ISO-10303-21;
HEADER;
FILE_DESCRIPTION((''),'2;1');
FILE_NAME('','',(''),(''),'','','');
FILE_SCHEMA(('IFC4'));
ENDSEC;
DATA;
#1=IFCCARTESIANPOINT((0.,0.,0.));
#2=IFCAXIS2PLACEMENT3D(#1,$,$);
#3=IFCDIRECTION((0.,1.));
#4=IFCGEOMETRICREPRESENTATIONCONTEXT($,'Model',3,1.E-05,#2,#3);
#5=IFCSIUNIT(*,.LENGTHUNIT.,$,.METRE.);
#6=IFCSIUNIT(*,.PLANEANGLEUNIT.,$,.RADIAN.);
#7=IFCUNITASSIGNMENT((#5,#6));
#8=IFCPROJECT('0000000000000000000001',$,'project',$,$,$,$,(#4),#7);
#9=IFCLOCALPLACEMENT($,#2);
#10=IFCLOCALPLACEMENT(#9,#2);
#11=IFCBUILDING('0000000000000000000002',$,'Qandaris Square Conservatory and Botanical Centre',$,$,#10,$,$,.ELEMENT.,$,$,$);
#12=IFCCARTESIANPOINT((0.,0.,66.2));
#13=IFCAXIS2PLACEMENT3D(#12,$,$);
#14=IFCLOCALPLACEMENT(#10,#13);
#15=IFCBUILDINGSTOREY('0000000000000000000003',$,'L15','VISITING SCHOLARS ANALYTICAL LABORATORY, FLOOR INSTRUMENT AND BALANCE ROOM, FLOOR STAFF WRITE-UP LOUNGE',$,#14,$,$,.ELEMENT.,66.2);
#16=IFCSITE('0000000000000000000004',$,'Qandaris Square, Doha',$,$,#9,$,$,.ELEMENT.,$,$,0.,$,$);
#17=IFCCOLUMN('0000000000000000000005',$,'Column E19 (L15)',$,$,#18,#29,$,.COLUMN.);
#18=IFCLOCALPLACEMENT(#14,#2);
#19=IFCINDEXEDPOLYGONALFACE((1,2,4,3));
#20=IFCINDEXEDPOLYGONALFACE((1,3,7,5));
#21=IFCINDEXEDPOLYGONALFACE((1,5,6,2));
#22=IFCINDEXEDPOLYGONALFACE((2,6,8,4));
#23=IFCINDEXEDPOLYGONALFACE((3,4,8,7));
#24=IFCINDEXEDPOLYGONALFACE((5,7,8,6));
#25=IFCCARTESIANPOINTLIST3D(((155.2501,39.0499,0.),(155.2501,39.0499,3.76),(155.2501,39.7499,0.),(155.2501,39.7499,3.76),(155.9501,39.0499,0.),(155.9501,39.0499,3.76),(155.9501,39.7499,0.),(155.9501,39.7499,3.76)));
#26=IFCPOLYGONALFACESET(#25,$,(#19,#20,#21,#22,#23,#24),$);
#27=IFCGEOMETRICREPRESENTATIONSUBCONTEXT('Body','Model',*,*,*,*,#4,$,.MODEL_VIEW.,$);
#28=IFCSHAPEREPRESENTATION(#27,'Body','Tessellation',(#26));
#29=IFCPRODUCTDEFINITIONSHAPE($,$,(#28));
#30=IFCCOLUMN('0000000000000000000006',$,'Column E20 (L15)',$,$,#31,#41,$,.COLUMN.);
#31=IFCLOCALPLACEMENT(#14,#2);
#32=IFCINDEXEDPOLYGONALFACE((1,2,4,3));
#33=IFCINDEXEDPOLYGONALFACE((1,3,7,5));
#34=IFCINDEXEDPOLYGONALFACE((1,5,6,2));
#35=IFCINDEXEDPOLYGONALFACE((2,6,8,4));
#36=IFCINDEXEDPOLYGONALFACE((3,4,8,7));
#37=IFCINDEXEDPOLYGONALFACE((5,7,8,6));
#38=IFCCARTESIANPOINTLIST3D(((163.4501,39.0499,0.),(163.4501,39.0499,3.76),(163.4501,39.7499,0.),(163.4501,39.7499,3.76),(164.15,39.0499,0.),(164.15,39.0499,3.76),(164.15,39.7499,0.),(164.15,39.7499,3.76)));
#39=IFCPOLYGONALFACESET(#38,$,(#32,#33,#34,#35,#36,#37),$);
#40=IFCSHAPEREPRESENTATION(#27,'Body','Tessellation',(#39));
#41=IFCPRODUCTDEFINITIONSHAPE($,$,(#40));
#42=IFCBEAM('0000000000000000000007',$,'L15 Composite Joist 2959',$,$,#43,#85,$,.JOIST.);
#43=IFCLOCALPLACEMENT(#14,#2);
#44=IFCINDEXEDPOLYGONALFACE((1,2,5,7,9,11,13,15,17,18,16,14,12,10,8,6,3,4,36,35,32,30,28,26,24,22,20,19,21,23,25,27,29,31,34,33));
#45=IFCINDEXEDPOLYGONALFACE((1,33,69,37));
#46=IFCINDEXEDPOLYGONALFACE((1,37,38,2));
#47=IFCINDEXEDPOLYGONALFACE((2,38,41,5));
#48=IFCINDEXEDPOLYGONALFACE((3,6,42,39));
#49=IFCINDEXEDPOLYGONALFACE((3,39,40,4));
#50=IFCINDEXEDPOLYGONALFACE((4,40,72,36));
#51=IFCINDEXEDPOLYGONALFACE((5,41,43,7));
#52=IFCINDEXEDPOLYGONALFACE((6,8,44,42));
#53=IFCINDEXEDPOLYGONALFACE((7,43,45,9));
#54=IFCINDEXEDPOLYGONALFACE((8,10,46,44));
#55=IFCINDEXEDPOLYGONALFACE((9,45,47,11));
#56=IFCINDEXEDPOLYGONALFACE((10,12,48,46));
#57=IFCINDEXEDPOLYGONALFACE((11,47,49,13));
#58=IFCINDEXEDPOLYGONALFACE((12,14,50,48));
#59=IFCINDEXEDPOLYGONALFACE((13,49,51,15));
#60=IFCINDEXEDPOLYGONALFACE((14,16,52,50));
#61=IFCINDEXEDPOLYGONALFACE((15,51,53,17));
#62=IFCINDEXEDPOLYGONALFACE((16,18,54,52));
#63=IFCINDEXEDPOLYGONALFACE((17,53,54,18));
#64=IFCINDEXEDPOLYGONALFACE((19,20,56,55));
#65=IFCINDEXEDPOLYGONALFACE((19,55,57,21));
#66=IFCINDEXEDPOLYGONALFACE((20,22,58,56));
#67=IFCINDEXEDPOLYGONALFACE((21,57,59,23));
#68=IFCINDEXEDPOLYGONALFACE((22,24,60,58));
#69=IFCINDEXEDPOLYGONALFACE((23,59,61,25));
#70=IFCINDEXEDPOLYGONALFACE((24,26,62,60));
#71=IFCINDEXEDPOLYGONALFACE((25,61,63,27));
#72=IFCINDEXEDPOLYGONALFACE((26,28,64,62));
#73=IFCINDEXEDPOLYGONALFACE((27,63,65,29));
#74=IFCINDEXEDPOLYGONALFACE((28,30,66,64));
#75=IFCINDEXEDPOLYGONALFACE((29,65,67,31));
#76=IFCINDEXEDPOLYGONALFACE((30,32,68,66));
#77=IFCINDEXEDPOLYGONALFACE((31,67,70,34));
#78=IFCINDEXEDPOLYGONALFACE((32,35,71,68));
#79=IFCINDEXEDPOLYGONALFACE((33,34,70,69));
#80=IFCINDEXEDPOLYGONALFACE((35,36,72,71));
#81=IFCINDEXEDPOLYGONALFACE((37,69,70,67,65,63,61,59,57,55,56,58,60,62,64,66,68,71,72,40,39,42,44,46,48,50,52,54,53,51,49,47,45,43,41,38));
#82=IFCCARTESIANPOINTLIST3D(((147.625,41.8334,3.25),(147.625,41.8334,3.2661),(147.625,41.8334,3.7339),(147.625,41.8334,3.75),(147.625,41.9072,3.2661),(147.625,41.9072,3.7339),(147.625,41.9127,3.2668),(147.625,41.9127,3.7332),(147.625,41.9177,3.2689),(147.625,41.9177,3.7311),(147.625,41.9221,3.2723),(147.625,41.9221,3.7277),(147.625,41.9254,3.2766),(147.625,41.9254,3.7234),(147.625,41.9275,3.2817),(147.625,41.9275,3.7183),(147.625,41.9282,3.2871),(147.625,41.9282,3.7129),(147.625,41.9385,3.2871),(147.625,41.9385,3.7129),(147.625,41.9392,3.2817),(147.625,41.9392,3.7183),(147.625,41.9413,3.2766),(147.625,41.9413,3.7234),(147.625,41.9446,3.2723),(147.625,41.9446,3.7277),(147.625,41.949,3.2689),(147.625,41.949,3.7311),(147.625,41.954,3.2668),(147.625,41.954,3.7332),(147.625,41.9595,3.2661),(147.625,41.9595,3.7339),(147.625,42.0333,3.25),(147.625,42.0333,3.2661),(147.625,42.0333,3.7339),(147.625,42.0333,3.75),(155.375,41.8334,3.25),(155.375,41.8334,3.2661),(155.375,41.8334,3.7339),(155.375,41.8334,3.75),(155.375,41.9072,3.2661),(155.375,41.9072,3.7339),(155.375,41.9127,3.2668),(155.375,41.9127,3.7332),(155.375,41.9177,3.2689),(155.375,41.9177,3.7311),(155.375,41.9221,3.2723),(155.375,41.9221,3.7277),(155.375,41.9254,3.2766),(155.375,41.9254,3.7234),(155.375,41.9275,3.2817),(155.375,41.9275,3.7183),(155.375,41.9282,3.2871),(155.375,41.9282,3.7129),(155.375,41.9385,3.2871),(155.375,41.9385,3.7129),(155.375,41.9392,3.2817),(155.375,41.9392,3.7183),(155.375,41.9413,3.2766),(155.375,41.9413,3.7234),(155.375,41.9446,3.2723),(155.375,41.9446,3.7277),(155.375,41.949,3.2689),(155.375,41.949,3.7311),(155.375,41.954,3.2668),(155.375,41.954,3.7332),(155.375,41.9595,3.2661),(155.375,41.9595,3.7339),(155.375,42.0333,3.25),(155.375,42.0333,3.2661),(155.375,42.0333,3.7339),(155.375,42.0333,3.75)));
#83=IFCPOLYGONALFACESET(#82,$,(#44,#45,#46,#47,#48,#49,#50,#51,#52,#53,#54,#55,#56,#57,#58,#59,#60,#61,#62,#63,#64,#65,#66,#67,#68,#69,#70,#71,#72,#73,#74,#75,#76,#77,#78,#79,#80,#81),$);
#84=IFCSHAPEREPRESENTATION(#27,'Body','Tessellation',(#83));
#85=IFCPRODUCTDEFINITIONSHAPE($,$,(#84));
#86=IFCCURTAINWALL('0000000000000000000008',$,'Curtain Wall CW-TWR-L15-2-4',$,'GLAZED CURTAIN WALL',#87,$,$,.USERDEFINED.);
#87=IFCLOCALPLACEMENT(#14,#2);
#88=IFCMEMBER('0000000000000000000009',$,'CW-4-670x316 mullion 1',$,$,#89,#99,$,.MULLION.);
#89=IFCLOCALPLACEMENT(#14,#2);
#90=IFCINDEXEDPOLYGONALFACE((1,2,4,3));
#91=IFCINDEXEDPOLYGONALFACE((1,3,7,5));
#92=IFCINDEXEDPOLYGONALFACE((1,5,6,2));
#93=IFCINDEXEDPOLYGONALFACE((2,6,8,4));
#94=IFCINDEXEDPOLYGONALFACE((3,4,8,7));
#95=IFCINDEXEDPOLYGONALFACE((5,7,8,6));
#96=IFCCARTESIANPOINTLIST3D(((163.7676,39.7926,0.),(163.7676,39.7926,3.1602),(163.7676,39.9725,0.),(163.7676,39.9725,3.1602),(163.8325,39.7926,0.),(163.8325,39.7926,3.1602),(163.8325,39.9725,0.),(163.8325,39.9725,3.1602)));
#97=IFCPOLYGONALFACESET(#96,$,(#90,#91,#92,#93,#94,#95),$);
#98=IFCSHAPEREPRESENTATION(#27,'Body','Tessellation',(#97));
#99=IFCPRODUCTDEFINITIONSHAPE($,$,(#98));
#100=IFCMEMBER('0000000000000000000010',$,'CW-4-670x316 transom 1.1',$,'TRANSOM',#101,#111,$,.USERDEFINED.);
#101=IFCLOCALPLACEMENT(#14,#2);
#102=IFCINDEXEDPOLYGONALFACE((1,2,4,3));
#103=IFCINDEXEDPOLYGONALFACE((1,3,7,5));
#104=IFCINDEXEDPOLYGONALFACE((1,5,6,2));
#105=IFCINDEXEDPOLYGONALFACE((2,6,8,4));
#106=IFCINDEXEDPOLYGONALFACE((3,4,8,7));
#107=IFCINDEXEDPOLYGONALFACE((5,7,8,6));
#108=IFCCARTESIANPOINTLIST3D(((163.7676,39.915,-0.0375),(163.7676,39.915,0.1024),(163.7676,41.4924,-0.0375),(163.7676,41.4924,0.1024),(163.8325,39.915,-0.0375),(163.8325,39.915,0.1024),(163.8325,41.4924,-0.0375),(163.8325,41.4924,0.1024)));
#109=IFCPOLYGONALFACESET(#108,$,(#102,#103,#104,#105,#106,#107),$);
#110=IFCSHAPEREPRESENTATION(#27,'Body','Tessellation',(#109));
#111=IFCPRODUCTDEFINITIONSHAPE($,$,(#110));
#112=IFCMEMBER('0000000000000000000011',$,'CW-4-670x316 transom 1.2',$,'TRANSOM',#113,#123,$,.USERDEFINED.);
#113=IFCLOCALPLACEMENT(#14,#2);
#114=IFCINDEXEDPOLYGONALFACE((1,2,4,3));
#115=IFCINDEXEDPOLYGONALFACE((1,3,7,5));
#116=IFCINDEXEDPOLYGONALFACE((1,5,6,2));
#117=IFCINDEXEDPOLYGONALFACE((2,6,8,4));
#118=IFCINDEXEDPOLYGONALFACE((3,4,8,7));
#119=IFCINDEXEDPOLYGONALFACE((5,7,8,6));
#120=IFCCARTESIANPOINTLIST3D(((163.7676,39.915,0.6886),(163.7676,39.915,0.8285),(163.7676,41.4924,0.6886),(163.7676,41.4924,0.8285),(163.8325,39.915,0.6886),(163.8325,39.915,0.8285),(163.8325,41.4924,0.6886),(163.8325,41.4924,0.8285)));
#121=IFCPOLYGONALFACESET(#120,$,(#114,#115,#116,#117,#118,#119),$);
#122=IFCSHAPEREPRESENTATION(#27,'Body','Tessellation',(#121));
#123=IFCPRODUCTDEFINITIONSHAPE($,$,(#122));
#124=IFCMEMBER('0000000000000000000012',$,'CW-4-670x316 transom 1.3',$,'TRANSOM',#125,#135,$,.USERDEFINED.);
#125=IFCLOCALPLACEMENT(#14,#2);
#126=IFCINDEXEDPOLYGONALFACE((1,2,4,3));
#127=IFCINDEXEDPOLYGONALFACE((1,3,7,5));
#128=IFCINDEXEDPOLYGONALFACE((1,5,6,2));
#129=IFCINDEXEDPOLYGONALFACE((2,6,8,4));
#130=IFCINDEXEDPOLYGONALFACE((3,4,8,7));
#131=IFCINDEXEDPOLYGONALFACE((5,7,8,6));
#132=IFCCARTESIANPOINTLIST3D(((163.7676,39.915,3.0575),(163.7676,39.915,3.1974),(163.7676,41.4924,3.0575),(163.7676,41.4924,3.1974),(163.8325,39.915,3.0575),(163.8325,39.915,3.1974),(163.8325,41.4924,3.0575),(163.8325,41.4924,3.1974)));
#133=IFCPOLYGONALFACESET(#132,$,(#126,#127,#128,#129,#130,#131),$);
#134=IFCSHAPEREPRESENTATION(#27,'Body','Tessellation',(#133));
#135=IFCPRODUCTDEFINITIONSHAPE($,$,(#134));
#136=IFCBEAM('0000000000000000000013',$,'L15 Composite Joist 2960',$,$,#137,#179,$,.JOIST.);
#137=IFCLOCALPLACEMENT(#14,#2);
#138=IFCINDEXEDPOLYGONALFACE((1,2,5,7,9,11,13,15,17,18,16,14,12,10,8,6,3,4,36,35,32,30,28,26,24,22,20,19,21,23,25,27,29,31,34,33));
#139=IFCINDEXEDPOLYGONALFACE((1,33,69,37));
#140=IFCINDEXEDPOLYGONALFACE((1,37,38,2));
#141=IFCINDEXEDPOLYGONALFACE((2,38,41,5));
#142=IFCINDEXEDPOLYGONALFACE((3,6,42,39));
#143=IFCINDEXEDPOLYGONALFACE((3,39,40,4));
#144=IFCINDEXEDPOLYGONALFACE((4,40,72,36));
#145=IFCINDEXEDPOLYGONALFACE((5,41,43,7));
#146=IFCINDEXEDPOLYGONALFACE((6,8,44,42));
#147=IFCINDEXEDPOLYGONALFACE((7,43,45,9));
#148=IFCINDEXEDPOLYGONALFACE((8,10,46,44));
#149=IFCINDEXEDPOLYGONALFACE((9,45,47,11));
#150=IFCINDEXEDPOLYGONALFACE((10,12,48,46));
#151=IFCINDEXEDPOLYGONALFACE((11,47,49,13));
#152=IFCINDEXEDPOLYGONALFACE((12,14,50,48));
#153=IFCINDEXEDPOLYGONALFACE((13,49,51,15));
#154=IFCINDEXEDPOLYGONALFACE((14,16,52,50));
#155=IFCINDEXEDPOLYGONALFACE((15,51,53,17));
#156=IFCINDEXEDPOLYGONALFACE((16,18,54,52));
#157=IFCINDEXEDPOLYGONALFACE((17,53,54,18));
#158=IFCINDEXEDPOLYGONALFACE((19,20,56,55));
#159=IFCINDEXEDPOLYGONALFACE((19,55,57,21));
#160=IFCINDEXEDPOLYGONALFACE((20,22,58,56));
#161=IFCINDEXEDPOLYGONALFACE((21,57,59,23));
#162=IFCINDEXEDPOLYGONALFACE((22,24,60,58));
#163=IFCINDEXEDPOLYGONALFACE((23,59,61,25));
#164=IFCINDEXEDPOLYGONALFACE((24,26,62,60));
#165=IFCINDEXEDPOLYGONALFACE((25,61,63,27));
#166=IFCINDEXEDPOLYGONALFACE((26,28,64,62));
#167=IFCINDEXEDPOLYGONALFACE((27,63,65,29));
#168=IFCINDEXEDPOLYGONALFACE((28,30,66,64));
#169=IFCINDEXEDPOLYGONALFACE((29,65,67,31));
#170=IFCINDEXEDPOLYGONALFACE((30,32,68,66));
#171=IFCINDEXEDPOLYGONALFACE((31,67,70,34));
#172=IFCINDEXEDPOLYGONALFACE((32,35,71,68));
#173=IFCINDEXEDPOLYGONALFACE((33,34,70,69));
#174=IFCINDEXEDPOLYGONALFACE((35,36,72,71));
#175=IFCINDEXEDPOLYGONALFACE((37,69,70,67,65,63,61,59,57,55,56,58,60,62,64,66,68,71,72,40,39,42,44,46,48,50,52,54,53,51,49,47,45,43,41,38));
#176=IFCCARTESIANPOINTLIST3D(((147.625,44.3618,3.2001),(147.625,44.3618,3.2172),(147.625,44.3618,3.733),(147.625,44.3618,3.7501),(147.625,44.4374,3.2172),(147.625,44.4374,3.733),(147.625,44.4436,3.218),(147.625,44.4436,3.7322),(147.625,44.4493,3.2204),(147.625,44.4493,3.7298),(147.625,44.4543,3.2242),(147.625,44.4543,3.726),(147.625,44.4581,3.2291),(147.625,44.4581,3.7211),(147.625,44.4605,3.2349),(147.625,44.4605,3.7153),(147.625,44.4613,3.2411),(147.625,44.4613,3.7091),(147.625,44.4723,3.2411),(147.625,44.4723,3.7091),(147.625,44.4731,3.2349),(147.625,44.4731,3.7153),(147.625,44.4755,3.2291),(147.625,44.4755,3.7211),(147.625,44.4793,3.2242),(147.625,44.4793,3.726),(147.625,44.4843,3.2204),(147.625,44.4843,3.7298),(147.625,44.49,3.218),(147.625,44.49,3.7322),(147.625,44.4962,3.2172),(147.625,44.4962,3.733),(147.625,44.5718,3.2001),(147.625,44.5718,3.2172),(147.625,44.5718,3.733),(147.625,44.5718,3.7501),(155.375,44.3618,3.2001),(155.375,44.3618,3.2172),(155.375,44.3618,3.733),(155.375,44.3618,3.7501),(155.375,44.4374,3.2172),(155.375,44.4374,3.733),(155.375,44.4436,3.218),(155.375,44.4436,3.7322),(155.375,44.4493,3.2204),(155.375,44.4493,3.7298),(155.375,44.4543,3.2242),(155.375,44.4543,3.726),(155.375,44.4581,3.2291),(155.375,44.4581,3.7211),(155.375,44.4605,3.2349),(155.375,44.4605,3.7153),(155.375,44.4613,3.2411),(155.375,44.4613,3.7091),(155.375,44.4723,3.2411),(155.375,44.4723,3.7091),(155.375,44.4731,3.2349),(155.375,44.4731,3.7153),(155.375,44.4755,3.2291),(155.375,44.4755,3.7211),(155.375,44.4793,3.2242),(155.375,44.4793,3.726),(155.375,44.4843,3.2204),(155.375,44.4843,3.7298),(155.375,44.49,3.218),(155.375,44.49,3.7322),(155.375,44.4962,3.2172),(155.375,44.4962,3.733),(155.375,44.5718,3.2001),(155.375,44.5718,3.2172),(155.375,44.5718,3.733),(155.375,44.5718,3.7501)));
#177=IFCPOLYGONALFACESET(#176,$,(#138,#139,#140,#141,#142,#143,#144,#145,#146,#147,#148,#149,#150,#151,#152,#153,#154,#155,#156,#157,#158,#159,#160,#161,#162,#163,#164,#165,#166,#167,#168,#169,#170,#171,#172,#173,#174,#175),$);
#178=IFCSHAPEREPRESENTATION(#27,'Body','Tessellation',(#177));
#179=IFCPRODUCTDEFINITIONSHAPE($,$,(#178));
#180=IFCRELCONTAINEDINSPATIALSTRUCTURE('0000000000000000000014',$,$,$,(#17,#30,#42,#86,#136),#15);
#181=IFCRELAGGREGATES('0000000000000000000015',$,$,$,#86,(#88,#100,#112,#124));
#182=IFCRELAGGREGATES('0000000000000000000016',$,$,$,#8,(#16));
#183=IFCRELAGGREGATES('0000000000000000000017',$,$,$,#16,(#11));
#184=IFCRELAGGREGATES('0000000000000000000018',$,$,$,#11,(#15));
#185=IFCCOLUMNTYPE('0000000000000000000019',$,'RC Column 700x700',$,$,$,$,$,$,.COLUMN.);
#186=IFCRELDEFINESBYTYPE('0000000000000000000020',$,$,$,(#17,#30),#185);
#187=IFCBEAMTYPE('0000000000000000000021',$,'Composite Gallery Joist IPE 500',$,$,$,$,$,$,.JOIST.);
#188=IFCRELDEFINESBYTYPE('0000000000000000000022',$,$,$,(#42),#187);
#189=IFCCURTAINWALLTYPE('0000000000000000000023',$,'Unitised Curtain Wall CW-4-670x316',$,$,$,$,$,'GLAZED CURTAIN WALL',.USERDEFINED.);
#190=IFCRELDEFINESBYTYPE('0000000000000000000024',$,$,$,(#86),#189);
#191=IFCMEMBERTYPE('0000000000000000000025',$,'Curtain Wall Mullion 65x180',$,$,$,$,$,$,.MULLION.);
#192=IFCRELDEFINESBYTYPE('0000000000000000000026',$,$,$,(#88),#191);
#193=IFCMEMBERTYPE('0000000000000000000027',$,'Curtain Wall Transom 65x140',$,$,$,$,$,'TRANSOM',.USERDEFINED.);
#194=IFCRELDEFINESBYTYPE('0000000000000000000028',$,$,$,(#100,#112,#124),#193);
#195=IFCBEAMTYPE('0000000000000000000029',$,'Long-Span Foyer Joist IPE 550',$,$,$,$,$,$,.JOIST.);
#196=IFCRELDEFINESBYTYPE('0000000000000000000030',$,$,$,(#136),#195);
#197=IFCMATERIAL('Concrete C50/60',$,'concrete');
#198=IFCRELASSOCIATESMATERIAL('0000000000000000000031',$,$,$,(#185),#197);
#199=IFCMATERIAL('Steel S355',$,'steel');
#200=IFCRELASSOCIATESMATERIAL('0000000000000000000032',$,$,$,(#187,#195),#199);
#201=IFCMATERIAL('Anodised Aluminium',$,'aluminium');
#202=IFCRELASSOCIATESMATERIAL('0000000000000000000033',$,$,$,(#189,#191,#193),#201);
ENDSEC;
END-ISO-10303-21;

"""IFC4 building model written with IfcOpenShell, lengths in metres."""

from ifc_helpers import new_model, si_unit, direction, frame, origin, origin_2d, place, context, subcontext, project, spatial, rectangle, i_section, extrude, material, material_profile, profile_set, type_object, element, aggregate, save


model = new_model("IFC4")

# Units and contexts
model_context = context("Model", 3, precision=1e-05, world=origin(), true_north=direction((0.0, 1.0)))
body_context = subcontext(model_context, "Body", "Model", "MODEL_VIEW")
ifc_project = project(units=[si_unit("LENGTHUNIT", "METRE"), si_unit("PLANEANGLEUNIT", "RADIAN")], contexts=[model_context])

# Site, building, storey
site_placement = place(None, origin())
site = spatial("IfcSite", under=ifc_project, at=site_placement, Name="Qandaris Square, Doha", CompositionType="ELEMENT", RefElevation=0.0)
building_placement = place(site_placement, origin())
building = spatial("IfcBuilding", under=site, at=building_placement, Name="Qandaris Square Conservatory and Botanical Centre", CompositionType="ELEMENT")
storey_placement = place(building_placement, frame((0.0, 0.0, 66.2)))
storey = spatial("IfcBuildingStorey", under=building, at=storey_placement, Name="L15", Description="VISITING SCHOLARS ANALYTICAL LABORATORY, FLOOR INSTRUMENT AND BALANCE ROOM, FLOOR STAFF WRITE-UP LOUNGE", CompositionType="ELEMENT", Elevation=66.2)

# Columns
ifc_material_1 = material(Name="Concrete C50/60", Category="concrete")
ifc_material_profile_1 = material_profile(ifc_material_1, rectangle(XDim=0.7, YDim=0.7, at=origin_2d()), Name="RC-COL 700x700")
ifc_profile_set_1 = profile_set([ifc_material_profile_1], Name="Concrete C50/60")
column_type = type_object("IfcColumnType", Name="RC Column 700x700", PredefinedType="COLUMN", material=ifc_profile_set_1)
for number, where, z_axis, x_axis, name in (
    (1, (155.6001, 39.3999, 0.0), (0.0, 0.0, 1.0), (1.0, 0.0, 0.0), "Column E19 (L15)"),
    (2, (163.8, 39.3999, 0.0), (0.0, 0.0, 1.0), (1.0, 0.0, 0.0), "Column E20 (L15)"),
):
    element("IfcColumn", number, at=place(storey_placement, frame(where, z_axis=z_axis, x_axis=x_axis)), inside=storey, type_object=column_type, Name=name, PredefinedType="COLUMN", context=body_context, shape_type="SweptSolid", body=[
        extrude(rectangle(XDim=0.7, YDim=0.7, at=origin_2d()), origin(), (0.0, 0.0, 1.0), 3.76),
    ])

# Beam
ifc_material_2 = material(Name="Steel S355", Category="steel")
ifc_material_profile_2 = material_profile(ifc_material_2, i_section(OverallWidth=0.2, OverallDepth=0.5, WebThickness=0.0103, FlangeThickness=0.0161, FilletRadius=0.021, at=origin_2d()), Name="IPE 500")
ifc_profile_set_2 = profile_set([ifc_material_profile_2], Name="Steel S355")
beam_type_1 = type_object("IfcBeamType", Name="Composite Gallery Joist IPE 500", PredefinedType="JOIST", material=ifc_profile_set_2)
beam_1_placement = place(storey_placement, frame((147.625, 41.9333, 3.5), z_axis=(1.0, 0.0, 0.0), x_axis=(0.0, 1.0, 0.0)))
element("IfcBeam", 3, at=beam_1_placement, inside=storey, type_object=beam_type_1, Name="L15 Composite Joist 2959", PredefinedType="JOIST", context=body_context, shape_type="SweptSolid", body=[
    extrude(i_section(OverallWidth=0.2, OverallDepth=0.5, WebThickness=0.0103, FlangeThickness=0.0161, FilletRadius=0.021, at=origin_2d()), origin(), (0.0, 0.0, 1.0), 7.75),
])

# Curtain wall, members
ifc_material_3 = material(Name="Anodised Aluminium", Category="aluminium")
curtain_wall_type = type_object("IfcCurtainWallType", Name="Unitised Curtain Wall CW-4-670x316", ElementType="GLAZED CURTAIN WALL", PredefinedType="USERDEFINED", material=ifc_material_3)
curtain_wall_placement = place(storey_placement, origin())
curtain_wall = element("IfcCurtainWall", 4, at=curtain_wall_placement, inside=storey, type_object=curtain_wall_type, Name="Curtain Wall CW-TWR-L15-2-4", ObjectType="GLAZED CURTAIN WALL", PredefinedType="USERDEFINED")
ifc_material_profile_3 = material_profile(ifc_material_3, rectangle(XDim=0.0649, YDim=0.1799, at=origin_2d()), Name="ALU-MUL 65x180")
ifc_profile_set_3 = profile_set([ifc_material_profile_3], Name="Anodised Aluminium")
member_type_1 = type_object("IfcMemberType", Name="Curtain Wall Mullion 65x180", PredefinedType="MULLION", material=ifc_profile_set_3)
member_1_placement = place(storey_placement, frame((163.8, 39.8826, 0.0), z_axis=(0.0, 0.0, 1.0), x_axis=(-1.0, 0.0, 0.0)))
member_1 = element("IfcMember", 5, at=member_1_placement, type_object=member_type_1, Name="CW-4-670x316 mullion 1", PredefinedType="MULLION", context=body_context, shape_type="SweptSolid", body=[
    extrude(rectangle(XDim=0.0649, YDim=0.1799, at=origin_2d()), origin(), (0.0, 0.0, 1.0), 3.1602),
])
ifc_material_profile_4 = material_profile(ifc_material_3, rectangle(XDim=0.0649, YDim=0.1399, at=origin_2d()), Name="ALU-TRN 65x140")
ifc_profile_set_4 = profile_set([ifc_material_profile_4], Name="Anodised Aluminium")
member_type_2 = type_object("IfcMemberType", Name="Curtain Wall Transom 65x140", ElementType="TRANSOM", PredefinedType="USERDEFINED", material=ifc_profile_set_4)
member_2_placement = place(storey_placement, frame((163.8, 39.915, 0.0325), z_axis=(0.0, 1.0, 0.0), x_axis=(-1.0, 0.0, 0.0)))
member_2 = element("IfcMember", 6, at=member_2_placement, type_object=member_type_2, Name="CW-4-670x316 transom 1.1", ObjectType="TRANSOM", PredefinedType="USERDEFINED", context=body_context, shape_type="SweptSolid", body=[
    extrude(rectangle(XDim=0.0649, YDim=0.1399, at=origin_2d()), origin(), (0.0, 0.0, 1.0), 1.5774),
])
member_3_placement = place(storey_placement, frame((163.8, 39.915, 0.7585), z_axis=(0.0, 1.0, 0.0), x_axis=(-1.0, 0.0, 0.0)))
member_3 = element("IfcMember", 7, at=member_3_placement, type_object=member_type_2, Name="CW-4-670x316 transom 1.2", ObjectType="TRANSOM", PredefinedType="USERDEFINED", context=body_context, shape_type="SweptSolid", body=[
    extrude(rectangle(XDim=0.0649, YDim=0.1399, at=origin_2d()), origin(), (0.0, 0.0, 1.0), 1.5774),
])
member_4_placement = place(storey_placement, frame((163.8, 39.915, 3.1274), z_axis=(0.0, 1.0, 0.0), x_axis=(-1.0, 0.0, 0.0)))
member_4 = element("IfcMember", 8, at=member_4_placement, type_object=member_type_2, Name="CW-4-670x316 transom 1.3", ObjectType="TRANSOM", PredefinedType="USERDEFINED", context=body_context, shape_type="SweptSolid", body=[
    extrude(rectangle(XDim=0.0649, YDim=0.1399, at=origin_2d()), origin(), (0.0, 0.0, 1.0), 1.5774),
])

# Beam
ifc_material_profile_5 = material_profile(ifc_material_2, i_section(OverallWidth=0.21, OverallDepth=0.55, WebThickness=0.011, FlangeThickness=0.0171, FilletRadius=0.0239, at=origin_2d()), Name="IPE 550")
ifc_profile_set_5 = profile_set([ifc_material_profile_5], Name="Steel S355")
beam_type_2 = type_object("IfcBeamType", Name="Long-Span Foyer Joist IPE 550", PredefinedType="JOIST", material=ifc_profile_set_5)
beam_2_placement = place(storey_placement, frame((147.625, 44.4668, 3.4751), z_axis=(1.0, 0.0, 0.0), x_axis=(0.0, 1.0, 0.0)))
element("IfcBeam", 9, at=beam_2_placement, inside=storey, type_object=beam_type_2, Name="L15 Composite Joist 2960", PredefinedType="JOIST", context=body_context, shape_type="SweptSolid", body=[
    extrude(i_section(OverallWidth=0.21, OverallDepth=0.55, WebThickness=0.011, FlangeThickness=0.0171, FilletRadius=0.0239, at=origin_2d()), origin(), (0.0, 0.0, 1.0), 7.75),
])

aggregate(curtain_wall, [member_1, member_2, member_3, member_4])

save(model, "model.ifc")
